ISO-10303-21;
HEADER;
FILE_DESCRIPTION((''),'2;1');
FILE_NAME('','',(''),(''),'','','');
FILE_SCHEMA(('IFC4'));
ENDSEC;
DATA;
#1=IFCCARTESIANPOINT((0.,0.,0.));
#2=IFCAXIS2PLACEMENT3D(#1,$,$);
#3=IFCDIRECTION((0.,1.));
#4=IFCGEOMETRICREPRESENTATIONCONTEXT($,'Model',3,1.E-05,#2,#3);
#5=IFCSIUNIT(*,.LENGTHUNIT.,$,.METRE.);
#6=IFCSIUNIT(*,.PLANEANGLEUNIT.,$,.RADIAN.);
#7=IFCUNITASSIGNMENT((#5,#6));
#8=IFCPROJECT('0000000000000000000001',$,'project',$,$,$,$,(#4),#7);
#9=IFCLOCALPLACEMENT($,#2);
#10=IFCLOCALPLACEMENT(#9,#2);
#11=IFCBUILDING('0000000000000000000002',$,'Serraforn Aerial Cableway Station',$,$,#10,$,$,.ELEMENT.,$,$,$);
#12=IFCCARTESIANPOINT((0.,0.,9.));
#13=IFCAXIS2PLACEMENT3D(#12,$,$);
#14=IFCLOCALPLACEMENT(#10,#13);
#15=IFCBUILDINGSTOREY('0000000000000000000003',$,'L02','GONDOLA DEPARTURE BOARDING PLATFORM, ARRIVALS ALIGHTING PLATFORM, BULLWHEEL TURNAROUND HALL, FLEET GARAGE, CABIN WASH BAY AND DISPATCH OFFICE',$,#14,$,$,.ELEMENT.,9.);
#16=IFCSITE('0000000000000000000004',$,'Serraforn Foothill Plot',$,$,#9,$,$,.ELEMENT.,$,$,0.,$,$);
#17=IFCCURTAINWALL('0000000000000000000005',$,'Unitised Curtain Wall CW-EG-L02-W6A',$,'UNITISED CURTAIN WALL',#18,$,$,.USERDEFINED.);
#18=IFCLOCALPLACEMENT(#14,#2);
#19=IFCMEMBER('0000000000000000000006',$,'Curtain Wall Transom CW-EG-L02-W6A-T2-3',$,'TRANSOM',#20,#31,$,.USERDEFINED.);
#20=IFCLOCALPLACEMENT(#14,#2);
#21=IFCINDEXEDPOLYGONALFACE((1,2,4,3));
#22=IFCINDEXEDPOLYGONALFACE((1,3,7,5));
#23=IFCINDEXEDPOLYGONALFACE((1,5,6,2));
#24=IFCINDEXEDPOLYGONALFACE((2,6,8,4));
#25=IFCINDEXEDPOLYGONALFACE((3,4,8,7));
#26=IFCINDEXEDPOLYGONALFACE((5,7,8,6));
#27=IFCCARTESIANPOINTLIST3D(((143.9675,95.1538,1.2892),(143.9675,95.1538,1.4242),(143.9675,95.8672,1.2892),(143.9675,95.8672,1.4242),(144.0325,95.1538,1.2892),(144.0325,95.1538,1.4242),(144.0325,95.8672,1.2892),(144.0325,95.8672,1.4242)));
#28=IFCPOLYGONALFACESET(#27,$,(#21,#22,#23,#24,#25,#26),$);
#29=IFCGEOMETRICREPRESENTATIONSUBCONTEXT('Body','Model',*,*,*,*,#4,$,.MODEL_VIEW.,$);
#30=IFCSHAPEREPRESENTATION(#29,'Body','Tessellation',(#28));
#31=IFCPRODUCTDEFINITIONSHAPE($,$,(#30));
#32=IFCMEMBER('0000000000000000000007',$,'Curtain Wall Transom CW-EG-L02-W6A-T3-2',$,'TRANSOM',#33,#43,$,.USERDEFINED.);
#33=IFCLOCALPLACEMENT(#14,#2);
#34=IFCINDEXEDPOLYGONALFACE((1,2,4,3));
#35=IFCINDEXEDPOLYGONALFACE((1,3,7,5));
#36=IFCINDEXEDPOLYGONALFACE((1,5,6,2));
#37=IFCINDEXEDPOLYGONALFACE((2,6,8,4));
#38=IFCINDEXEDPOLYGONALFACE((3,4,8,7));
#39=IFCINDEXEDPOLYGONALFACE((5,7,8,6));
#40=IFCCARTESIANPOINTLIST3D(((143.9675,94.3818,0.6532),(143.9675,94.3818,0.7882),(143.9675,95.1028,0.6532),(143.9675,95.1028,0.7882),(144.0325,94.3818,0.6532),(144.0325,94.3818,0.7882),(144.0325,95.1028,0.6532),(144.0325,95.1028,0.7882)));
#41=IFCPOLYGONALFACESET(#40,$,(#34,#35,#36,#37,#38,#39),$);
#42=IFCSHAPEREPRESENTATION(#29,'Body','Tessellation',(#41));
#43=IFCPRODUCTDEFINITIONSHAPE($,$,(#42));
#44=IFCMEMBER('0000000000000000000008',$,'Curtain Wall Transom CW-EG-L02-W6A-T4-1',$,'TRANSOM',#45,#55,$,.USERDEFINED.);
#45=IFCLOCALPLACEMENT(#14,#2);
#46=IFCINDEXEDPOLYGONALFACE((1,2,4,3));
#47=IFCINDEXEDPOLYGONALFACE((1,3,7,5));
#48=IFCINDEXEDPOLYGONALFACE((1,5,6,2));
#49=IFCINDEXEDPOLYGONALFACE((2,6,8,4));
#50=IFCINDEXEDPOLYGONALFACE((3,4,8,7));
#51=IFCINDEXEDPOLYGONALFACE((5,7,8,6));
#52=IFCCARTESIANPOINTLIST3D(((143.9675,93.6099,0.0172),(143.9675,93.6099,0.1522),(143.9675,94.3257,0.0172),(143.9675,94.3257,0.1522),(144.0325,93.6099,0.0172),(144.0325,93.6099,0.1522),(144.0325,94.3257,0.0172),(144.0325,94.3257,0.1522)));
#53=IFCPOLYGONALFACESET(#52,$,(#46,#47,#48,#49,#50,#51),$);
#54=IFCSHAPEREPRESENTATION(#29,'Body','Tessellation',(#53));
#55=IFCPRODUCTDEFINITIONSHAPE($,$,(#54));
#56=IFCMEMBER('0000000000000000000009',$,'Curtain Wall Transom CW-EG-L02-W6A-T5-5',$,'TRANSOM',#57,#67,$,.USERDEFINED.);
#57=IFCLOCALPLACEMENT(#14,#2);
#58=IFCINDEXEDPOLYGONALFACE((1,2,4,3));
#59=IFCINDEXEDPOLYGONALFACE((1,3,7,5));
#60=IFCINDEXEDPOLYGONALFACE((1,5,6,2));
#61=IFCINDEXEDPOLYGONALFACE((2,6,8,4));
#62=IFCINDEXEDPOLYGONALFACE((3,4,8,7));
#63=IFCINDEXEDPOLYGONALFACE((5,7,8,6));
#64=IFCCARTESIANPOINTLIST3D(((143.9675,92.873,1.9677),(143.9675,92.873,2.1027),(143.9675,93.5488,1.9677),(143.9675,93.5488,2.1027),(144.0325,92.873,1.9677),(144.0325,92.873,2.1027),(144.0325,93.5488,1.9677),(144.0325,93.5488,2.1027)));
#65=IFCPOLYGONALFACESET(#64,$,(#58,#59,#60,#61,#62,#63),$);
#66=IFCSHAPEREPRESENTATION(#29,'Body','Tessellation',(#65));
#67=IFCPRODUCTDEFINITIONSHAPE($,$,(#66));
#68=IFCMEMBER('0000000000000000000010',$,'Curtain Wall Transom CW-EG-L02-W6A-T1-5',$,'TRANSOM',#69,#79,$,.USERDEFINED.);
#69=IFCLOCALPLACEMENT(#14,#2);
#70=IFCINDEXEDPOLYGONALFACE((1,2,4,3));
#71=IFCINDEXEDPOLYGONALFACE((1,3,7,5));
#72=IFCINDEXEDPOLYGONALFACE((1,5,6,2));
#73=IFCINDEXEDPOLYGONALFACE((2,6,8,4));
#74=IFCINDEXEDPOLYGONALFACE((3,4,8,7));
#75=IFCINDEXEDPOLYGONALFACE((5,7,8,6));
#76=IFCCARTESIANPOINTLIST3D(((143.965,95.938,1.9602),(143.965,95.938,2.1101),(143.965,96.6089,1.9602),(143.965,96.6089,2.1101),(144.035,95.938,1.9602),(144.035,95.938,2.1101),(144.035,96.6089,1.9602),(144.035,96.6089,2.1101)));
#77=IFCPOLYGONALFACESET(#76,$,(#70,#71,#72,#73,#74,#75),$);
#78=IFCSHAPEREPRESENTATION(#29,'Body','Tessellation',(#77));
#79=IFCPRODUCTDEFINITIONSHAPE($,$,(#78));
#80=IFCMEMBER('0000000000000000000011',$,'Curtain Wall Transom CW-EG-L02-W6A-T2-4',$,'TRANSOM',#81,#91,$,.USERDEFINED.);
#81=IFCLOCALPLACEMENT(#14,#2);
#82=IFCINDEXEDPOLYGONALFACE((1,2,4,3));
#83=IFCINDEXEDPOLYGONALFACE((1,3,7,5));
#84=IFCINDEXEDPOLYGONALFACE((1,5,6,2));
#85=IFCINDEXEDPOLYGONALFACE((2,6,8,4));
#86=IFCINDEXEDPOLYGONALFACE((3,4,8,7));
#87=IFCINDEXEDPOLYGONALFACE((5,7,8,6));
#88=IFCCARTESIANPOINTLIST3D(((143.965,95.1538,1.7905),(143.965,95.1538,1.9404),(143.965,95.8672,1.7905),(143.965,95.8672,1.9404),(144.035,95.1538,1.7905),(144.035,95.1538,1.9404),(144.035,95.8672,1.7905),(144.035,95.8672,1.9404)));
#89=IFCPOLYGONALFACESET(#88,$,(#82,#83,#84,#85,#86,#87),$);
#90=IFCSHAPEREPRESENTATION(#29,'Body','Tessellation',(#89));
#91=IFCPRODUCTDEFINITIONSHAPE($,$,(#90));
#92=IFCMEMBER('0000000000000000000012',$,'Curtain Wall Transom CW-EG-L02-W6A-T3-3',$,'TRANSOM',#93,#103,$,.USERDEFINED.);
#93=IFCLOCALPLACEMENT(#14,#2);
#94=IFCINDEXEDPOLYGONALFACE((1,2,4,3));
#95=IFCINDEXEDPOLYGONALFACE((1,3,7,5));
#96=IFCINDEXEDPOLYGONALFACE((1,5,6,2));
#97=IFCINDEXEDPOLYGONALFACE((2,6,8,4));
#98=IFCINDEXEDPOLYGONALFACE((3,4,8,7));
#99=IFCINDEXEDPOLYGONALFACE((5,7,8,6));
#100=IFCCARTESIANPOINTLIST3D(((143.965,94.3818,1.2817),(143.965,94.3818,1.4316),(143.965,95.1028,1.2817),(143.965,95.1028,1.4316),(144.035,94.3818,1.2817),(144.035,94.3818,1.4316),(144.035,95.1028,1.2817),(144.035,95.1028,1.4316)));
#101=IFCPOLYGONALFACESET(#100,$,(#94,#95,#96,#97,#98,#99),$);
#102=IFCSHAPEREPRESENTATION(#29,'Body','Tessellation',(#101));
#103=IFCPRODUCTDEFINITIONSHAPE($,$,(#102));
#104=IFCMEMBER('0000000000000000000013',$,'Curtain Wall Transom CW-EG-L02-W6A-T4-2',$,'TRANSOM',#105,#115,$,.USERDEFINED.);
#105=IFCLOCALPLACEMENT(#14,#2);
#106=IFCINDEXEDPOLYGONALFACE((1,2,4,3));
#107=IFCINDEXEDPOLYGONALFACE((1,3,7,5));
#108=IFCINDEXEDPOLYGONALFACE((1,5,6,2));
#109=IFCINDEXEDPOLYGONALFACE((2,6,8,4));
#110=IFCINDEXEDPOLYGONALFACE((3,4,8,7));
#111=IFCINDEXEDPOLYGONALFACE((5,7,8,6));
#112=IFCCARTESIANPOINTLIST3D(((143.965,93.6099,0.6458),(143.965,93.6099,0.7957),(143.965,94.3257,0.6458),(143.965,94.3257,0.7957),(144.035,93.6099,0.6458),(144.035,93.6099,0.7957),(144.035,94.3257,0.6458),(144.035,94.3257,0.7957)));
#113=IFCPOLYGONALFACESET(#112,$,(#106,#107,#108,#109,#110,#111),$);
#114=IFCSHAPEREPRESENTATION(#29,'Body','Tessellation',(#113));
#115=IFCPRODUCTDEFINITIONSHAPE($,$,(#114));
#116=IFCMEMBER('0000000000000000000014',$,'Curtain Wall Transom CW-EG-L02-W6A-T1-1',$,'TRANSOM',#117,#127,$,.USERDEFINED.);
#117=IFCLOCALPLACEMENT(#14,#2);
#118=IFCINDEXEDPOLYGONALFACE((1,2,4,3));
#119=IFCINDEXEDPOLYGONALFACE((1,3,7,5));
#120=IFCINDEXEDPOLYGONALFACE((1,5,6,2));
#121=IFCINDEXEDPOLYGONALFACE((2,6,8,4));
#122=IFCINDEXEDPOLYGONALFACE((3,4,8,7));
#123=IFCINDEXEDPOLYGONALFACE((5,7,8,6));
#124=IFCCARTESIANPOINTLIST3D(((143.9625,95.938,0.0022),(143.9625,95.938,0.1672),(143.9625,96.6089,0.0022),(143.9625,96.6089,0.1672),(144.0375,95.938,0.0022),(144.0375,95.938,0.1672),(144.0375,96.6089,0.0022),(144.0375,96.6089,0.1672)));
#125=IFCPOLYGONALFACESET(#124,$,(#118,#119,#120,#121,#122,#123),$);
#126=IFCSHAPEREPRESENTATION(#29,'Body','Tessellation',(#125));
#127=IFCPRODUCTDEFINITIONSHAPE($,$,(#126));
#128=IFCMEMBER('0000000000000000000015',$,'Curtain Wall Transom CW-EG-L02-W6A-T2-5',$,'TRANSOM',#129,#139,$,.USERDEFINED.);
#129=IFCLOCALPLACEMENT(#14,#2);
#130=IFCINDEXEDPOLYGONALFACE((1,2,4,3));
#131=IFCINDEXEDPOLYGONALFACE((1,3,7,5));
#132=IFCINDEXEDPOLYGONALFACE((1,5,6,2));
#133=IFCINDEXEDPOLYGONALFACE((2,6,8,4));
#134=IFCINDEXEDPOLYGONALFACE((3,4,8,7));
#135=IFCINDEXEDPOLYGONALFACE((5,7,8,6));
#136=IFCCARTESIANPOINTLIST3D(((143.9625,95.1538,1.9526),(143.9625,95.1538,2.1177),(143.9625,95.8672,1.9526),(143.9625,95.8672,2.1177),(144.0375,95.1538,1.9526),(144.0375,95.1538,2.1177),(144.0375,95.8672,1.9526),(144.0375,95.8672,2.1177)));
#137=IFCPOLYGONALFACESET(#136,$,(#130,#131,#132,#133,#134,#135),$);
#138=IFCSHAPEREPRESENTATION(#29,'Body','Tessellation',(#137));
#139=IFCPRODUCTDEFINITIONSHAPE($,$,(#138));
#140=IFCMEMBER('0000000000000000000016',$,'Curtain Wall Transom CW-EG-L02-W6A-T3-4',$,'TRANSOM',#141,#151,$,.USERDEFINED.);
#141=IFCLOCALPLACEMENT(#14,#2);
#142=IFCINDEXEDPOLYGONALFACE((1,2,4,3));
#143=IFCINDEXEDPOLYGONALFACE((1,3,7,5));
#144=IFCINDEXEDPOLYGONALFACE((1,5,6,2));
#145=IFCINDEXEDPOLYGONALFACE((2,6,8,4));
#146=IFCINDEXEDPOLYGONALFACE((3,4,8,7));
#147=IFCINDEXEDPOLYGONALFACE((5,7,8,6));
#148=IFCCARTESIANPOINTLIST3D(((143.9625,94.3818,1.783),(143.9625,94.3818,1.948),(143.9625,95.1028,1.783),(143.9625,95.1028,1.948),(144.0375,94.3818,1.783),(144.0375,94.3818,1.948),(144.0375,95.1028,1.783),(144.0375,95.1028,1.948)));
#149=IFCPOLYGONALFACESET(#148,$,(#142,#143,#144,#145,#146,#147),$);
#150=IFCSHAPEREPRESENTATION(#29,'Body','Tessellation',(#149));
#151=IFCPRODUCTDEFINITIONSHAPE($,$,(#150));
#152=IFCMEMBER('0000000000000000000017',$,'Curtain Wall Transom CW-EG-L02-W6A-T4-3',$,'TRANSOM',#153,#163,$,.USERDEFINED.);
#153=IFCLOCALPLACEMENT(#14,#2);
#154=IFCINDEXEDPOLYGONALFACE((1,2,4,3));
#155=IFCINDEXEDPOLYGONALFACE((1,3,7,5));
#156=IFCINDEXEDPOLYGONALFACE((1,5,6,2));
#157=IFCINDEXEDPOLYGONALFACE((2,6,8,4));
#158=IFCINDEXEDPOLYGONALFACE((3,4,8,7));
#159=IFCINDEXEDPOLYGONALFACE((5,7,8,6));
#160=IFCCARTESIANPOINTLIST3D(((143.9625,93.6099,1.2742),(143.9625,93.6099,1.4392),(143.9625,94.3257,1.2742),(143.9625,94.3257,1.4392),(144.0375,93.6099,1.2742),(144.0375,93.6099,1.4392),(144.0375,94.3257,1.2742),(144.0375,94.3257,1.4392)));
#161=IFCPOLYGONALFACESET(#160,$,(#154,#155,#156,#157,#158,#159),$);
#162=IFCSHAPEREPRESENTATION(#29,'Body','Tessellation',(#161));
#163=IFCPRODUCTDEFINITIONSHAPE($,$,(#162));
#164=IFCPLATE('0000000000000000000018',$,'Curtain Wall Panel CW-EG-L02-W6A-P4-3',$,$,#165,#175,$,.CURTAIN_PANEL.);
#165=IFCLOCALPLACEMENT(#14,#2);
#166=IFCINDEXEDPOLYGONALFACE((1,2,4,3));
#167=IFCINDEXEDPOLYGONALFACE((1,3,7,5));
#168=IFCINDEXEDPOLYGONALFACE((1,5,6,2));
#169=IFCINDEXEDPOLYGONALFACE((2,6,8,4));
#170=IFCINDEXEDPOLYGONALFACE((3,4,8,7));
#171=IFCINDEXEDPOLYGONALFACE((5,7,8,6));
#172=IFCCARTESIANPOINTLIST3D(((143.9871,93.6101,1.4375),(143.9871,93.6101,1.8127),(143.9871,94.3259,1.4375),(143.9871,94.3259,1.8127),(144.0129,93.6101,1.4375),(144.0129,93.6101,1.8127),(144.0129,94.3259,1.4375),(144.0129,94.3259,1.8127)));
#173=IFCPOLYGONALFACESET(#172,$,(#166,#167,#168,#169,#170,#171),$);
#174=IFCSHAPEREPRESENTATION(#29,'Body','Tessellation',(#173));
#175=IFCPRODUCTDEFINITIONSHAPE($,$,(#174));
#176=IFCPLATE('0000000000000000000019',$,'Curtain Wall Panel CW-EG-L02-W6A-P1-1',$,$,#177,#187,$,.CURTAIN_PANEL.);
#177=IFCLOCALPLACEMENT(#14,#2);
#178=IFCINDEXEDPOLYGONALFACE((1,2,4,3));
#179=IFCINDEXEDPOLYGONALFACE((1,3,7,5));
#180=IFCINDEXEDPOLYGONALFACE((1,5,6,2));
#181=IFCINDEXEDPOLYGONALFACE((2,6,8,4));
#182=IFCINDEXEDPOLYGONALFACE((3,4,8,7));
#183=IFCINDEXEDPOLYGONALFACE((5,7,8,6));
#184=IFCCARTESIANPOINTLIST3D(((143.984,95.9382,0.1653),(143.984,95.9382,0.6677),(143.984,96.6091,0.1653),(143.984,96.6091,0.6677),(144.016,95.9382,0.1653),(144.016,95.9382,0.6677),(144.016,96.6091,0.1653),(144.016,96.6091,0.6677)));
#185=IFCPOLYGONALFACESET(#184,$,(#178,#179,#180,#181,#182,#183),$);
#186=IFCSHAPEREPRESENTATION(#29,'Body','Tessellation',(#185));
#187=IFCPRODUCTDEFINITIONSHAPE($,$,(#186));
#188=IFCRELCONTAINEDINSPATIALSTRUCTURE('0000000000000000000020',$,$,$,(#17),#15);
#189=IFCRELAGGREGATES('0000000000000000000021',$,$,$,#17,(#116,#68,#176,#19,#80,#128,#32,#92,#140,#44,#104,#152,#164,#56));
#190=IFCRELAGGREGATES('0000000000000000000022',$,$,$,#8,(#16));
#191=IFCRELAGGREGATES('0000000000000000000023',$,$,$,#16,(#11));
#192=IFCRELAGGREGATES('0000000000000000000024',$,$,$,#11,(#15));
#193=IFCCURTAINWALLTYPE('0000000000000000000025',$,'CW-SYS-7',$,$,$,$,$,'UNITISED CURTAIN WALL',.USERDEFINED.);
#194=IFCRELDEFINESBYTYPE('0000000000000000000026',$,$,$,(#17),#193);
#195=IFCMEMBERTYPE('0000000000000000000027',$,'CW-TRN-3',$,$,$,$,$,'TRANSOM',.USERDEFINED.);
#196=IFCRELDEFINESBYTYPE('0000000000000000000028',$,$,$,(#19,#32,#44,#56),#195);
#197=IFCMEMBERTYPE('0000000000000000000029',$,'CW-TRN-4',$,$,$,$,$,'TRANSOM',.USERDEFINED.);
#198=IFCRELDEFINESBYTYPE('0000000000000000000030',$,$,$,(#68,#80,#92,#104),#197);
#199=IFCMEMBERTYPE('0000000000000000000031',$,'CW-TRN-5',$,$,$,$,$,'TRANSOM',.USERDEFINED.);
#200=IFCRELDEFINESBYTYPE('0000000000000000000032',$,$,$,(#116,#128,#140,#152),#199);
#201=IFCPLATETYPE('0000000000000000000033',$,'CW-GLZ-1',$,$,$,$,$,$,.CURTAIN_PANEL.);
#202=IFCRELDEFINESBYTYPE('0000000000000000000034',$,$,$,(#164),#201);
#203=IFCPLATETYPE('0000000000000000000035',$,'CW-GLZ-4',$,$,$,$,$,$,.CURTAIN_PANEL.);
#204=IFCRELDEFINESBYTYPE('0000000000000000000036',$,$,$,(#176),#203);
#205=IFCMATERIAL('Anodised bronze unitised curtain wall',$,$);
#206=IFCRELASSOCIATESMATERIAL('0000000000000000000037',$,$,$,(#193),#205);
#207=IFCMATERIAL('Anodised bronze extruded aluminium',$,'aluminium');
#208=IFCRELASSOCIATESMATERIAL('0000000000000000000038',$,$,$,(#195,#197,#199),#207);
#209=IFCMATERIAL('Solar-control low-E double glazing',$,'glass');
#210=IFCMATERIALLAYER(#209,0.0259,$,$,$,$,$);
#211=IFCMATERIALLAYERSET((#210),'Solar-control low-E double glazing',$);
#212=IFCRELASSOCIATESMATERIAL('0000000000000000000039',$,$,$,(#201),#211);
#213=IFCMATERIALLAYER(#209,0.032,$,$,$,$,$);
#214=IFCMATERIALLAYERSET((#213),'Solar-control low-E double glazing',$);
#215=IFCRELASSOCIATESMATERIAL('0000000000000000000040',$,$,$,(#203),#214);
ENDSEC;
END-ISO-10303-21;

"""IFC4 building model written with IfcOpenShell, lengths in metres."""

from ifc_helpers import new_model, si_unit, direction, frame, origin, origin_2d, place, context, subcontext, project, spatial, rectangle, extrude, material, layer, layer_set, material_profile, profile_set, type_object, element, aggregate, save


model = new_model("IFC4")

# Units and contexts
model_context = context("Model", 3, precision=1e-05, world=origin(), true_north=direction((0.0, 1.0)))
body_context = subcontext(model_context, "Body", "Model", "MODEL_VIEW")
ifc_project = project(units=[si_unit("LENGTHUNIT", "METRE"), si_unit("PLANEANGLEUNIT", "RADIAN")], contexts=[model_context])

# Site, building, storey
site_placement = place(None, origin())
site = spatial("IfcSite", under=ifc_project, at=site_placement, Name="Serraforn Foothill Plot", CompositionType="ELEMENT", RefElevation=0.0)
building_placement = place(site_placement, origin())
building = spatial("IfcBuilding", under=site, at=building_placement, Name="Serraforn Aerial Cableway Station", CompositionType="ELEMENT")
storey_placement = place(building_placement, frame((0.0, 0.0, 9.0)))
storey = spatial("IfcBuildingStorey", under=building, at=storey_placement, Name="L02", Description="GONDOLA DEPARTURE BOARDING PLATFORM, ARRIVALS ALIGHTING PLATFORM, BULLWHEEL TURNAROUND HALL, FLEET GARAGE, CABIN WASH BAY AND DISPATCH OFFICE", CompositionType="ELEMENT", Elevation=9.0)

# Curtain wall, members, plates
ifc_material_1 = material(Name="Anodised bronze unitised curtain wall")
curtain_wall_type = type_object("IfcCurtainWallType", Name="CW-SYS-7", ElementType="UNITISED CURTAIN WALL", PredefinedType="USERDEFINED", material=ifc_material_1)
curtain_wall_placement = place(storey_placement, origin())
curtain_wall = element("IfcCurtainWall", 1, at=curtain_wall_placement, inside=storey, type_object=curtain_wall_type, Name="Unitised Curtain Wall CW-EG-L02-W6A", ObjectType="UNITISED CURTAIN WALL", PredefinedType="USERDEFINED")
ifc_material_2 = material(Name="Anodised bronze extruded aluminium", Category="aluminium")
ifc_material_profile_1 = material_profile(ifc_material_2, rectangle(XDim=0.0649, YDim=0.135, at=origin_2d()), Name="CW TRANSOM 65x135")
ifc_profile_set_1 = profile_set([ifc_material_profile_1], Name="Anodised bronze extruded aluminium")
member_type_1 = type_object("IfcMemberType", Name="CW-TRN-3", ElementType="TRANSOM", PredefinedType="USERDEFINED", material=ifc_profile_set_1)
member_1_placement = place(storey_placement, frame((144.0, 95.8672, 1.3567), z_axis=(0.0, -1.0, 0.0), x_axis=(1.0, 0.0, 0.0)))
member_1 = element("IfcMember", 2, at=member_1_placement, type_object=member_type_1, Name="Curtain Wall Transom CW-EG-L02-W6A-T2-3", ObjectType="TRANSOM", PredefinedType="USERDEFINED", context=body_context, shape_type="SweptSolid", body=[
    extrude(rectangle(XDim=0.0649, YDim=0.135, at=origin_2d()), origin(), (0.0, 0.0, 1.0), 0.7134),
])
member_2_placement = place(storey_placement, frame((144.0, 95.1028, 0.7207), z_axis=(0.0, -1.0, 0.0), x_axis=(1.0, 0.0, 0.0)))
member_2 = element("IfcMember", 3, at=member_2_placement, type_object=member_type_1, Name="Curtain Wall Transom CW-EG-L02-W6A-T3-2", ObjectType="TRANSOM", PredefinedType="USERDEFINED", context=body_context, shape_type="SweptSolid", body=[
    extrude(rectangle(XDim=0.0649, YDim=0.135, at=origin_2d()), origin(), (0.0, 0.0, 1.0), 0.7209),
])
member_3_placement = place(storey_placement, frame((144.0, 94.3257, 0.0847), z_axis=(0.0, -1.0, 0.0), x_axis=(1.0, 0.0, 0.0)))
member_3 = element("IfcMember", 4, at=member_3_placement, type_object=member_type_1, Name="Curtain Wall Transom CW-EG-L02-W6A-T4-1", ObjectType="TRANSOM", PredefinedType="USERDEFINED", context=body_context, shape_type="SweptSolid", body=[
    extrude(rectangle(XDim=0.0649, YDim=0.135, at=origin_2d()), origin(), (0.0, 0.0, 1.0), 0.7158),
])
member_4_placement = place(storey_placement, frame((144.0, 93.5488, 2.0352), z_axis=(0.0, -1.0, 0.0), x_axis=(1.0, 0.0, 0.0)))
member_4 = element("IfcMember", 5, at=member_4_placement, type_object=member_type_1, Name="Curtain Wall Transom CW-EG-L02-W6A-T5-5", ObjectType="TRANSOM", PredefinedType="USERDEFINED", context=body_context, shape_type="SweptSolid", body=[
    extrude(rectangle(XDim=0.0649, YDim=0.135, at=origin_2d()), origin(), (0.0, 0.0, 1.0), 0.6758),
])
ifc_material_profile_2 = material_profile(ifc_material_2, rectangle(XDim=0.0701, YDim=0.1499, at=origin_2d()), Name="CW TRANSOM 70x150")
ifc_profile_set_2 = profile_set([ifc_material_profile_2], Name="Anodised bronze extruded aluminium")
member_type_2 = type_object("IfcMemberType", Name="CW-TRN-4", ElementType="TRANSOM", PredefinedType="USERDEFINED", material=ifc_profile_set_2)
member_5_placement = place(storey_placement, frame((144.0, 96.6089, 2.0352), z_axis=(0.0, -1.0, 0.0), x_axis=(1.0, 0.0, 0.0)))
member_5 = element("IfcMember", 6, at=member_5_placement, type_object=member_type_2, Name="Curtain Wall Transom CW-EG-L02-W6A-T1-5", ObjectType="TRANSOM", PredefinedType="USERDEFINED", context=body_context, shape_type="SweptSolid", body=[
    extrude(rectangle(XDim=0.0701, YDim=0.1499, at=origin_2d()), origin(), (0.0, 0.0, 1.0), 0.6709),
])
member_6_placement = place(storey_placement, frame((144.0, 95.8672, 1.8655), z_axis=(0.0, -1.0, 0.0), x_axis=(1.0, 0.0, 0.0)))
member_6 = element("IfcMember", 7, at=member_6_placement, type_object=member_type_2, Name="Curtain Wall Transom CW-EG-L02-W6A-T2-4", ObjectType="TRANSOM", PredefinedType="USERDEFINED", context=body_context, shape_type="SweptSolid", body=[
    extrude(rectangle(XDim=0.0701, YDim=0.1499, at=origin_2d()), origin(), (0.0, 0.0, 1.0), 0.7134),
])
member_7_placement = place(storey_placement, frame((144.0, 95.1028, 1.3567), z_axis=(0.0, -1.0, 0.0), x_axis=(1.0, 0.0, 0.0)))
member_7 = element("IfcMember", 8, at=member_7_placement, type_object=member_type_2, Name="Curtain Wall Transom CW-EG-L02-W6A-T3-3", ObjectType="TRANSOM", PredefinedType="USERDEFINED", context=body_context, shape_type="SweptSolid", body=[
    extrude(rectangle(XDim=0.0701, YDim=0.1499, at=origin_2d()), origin(), (0.0, 0.0, 1.0), 0.7209),
])
member_8_placement = place(storey_placement, frame((144.0, 94.3257, 0.7207), z_axis=(0.0, -1.0, 0.0), x_axis=(1.0, 0.0, 0.0)))
member_8 = element("IfcMember", 9, at=member_8_placement, type_object=member_type_2, Name="Curtain Wall Transom CW-EG-L02-W6A-T4-2", ObjectType="TRANSOM", PredefinedType="USERDEFINED", context=body_context, shape_type="SweptSolid", body=[
    extrude(rectangle(XDim=0.0701, YDim=0.1499, at=origin_2d()), origin(), (0.0, 0.0, 1.0), 0.7158),
])
ifc_material_profile_3 = material_profile(ifc_material_2, rectangle(XDim=0.075, YDim=0.165, at=origin_2d()), Name="CW TRANSOM 75x165")
ifc_profile_set_3 = profile_set([ifc_material_profile_3], Name="Anodised bronze extruded aluminium")
member_type_3 = type_object("IfcMemberType", Name="CW-TRN-5", ElementType="TRANSOM", PredefinedType="USERDEFINED", material=ifc_profile_set_3)
member_9_placement = place(storey_placement, frame((144.0, 96.6089, 0.0847), z_axis=(0.0, -1.0, 0.0), x_axis=(1.0, 0.0, 0.0)))
member_9 = element("IfcMember", 10, at=member_9_placement, type_object=member_type_3, Name="Curtain Wall Transom CW-EG-L02-W6A-T1-1", ObjectType="TRANSOM", PredefinedType="USERDEFINED", context=body_context, shape_type="SweptSolid", body=[
    extrude(rectangle(XDim=0.075, YDim=0.165, at=origin_2d()), origin(), (0.0, 0.0, 1.0), 0.6709),
])
member_10_placement = place(storey_placement, frame((144.0, 95.8672, 2.0352), z_axis=(0.0, -1.0, 0.0), x_axis=(1.0, 0.0, 0.0)))
member_10 = element("IfcMember", 11, at=member_10_placement, type_object=member_type_3, Name="Curtain Wall Transom CW-EG-L02-W6A-T2-5", ObjectType="TRANSOM", PredefinedType="USERDEFINED", context=body_context, shape_type="SweptSolid", body=[
    extrude(rectangle(XDim=0.075, YDim=0.165, at=origin_2d()), origin(), (0.0, 0.0, 1.0), 0.7134),
])
member_11_placement = place(storey_placement, frame((144.0, 95.1028, 1.8655), z_axis=(0.0, -1.0, 0.0), x_axis=(1.0, 0.0, 0.0)))
member_11 = element("IfcMember", 12, at=member_11_placement, type_object=member_type_3, Name="Curtain Wall Transom CW-EG-L02-W6A-T3-4", ObjectType="TRANSOM", PredefinedType="USERDEFINED", context=body_context, shape_type="SweptSolid", body=[
    extrude(rectangle(XDim=0.075, YDim=0.165, at=origin_2d()), origin(), (0.0, 0.0, 1.0), 0.7209),
])
member_12_placement = place(storey_placement, frame((144.0, 94.3257, 1.3567), z_axis=(0.0, -1.0, 0.0), x_axis=(1.0, 0.0, 0.0)))
member_12 = element("IfcMember", 13, at=member_12_placement, type_object=member_type_3, Name="Curtain Wall Transom CW-EG-L02-W6A-T4-3", ObjectType="TRANSOM", PredefinedType="USERDEFINED", context=body_context, shape_type="SweptSolid", body=[
    extrude(rectangle(XDim=0.075, YDim=0.165, at=origin_2d()), origin(), (0.0, 0.0, 1.0), 0.7158),
])
ifc_material_3 = material(Name="Solar-control low-E double glazing", Category="glass")
ifc_layer_1 = layer(ifc_material_3, 0.0259)
ifc_layer_set_1 = layer_set([ifc_layer_1], Name="Solar-control low-E double glazing")
plate_type_1 = type_object("IfcPlateType", Name="CW-GLZ-1", PredefinedType="CURTAIN_PANEL", material=ifc_layer_set_1)
plate_1_placement = place(storey_placement, frame((144.0, 93.968, 1.4375), z_axis=(0.0, 0.0, 1.0), x_axis=(1.0, 0.0, 0.0)))
plate_1 = element("IfcPlate", 14, at=plate_1_placement, type_object=plate_type_1, Name="Curtain Wall Panel CW-EG-L02-W6A-P4-3", PredefinedType="CURTAIN_PANEL", context=body_context, shape_type="SweptSolid", body=[
    extrude(rectangle(XDim=0.0259, YDim=0.7158, at=origin_2d()), origin(), (0.0, 0.0, 1.0), 0.3752),
])
ifc_layer_2 = layer(ifc_material_3, 0.032)
ifc_layer_set_2 = layer_set([ifc_layer_2], Name="Solar-control low-E double glazing")
plate_type_2 = type_object("IfcPlateType", Name="CW-GLZ-4", PredefinedType="CURTAIN_PANEL", material=ifc_layer_set_2)
plate_2_placement = place(storey_placement, frame((144.0, 96.2737, 0.1653), z_axis=(0.0, 0.0, 1.0), x_axis=(1.0, 0.0, 0.0)))
plate_2 = element("IfcPlate", 15, at=plate_2_placement, type_object=plate_type_2, Name="Curtain Wall Panel CW-EG-L02-W6A-P1-1", PredefinedType="CURTAIN_PANEL", context=body_context, shape_type="SweptSolid", body=[
    extrude(rectangle(XDim=0.032, YDim=0.6709, at=origin_2d()), origin(), (0.0, 0.0, 1.0), 0.5024),
])
aggregate(curtain_wall, [member_9, member_5, plate_2, member_1, member_6, member_10, member_2, member_7, member_11, member_3, member_8, member_12, plate_1, member_4])

save(model, "model.ifc")
